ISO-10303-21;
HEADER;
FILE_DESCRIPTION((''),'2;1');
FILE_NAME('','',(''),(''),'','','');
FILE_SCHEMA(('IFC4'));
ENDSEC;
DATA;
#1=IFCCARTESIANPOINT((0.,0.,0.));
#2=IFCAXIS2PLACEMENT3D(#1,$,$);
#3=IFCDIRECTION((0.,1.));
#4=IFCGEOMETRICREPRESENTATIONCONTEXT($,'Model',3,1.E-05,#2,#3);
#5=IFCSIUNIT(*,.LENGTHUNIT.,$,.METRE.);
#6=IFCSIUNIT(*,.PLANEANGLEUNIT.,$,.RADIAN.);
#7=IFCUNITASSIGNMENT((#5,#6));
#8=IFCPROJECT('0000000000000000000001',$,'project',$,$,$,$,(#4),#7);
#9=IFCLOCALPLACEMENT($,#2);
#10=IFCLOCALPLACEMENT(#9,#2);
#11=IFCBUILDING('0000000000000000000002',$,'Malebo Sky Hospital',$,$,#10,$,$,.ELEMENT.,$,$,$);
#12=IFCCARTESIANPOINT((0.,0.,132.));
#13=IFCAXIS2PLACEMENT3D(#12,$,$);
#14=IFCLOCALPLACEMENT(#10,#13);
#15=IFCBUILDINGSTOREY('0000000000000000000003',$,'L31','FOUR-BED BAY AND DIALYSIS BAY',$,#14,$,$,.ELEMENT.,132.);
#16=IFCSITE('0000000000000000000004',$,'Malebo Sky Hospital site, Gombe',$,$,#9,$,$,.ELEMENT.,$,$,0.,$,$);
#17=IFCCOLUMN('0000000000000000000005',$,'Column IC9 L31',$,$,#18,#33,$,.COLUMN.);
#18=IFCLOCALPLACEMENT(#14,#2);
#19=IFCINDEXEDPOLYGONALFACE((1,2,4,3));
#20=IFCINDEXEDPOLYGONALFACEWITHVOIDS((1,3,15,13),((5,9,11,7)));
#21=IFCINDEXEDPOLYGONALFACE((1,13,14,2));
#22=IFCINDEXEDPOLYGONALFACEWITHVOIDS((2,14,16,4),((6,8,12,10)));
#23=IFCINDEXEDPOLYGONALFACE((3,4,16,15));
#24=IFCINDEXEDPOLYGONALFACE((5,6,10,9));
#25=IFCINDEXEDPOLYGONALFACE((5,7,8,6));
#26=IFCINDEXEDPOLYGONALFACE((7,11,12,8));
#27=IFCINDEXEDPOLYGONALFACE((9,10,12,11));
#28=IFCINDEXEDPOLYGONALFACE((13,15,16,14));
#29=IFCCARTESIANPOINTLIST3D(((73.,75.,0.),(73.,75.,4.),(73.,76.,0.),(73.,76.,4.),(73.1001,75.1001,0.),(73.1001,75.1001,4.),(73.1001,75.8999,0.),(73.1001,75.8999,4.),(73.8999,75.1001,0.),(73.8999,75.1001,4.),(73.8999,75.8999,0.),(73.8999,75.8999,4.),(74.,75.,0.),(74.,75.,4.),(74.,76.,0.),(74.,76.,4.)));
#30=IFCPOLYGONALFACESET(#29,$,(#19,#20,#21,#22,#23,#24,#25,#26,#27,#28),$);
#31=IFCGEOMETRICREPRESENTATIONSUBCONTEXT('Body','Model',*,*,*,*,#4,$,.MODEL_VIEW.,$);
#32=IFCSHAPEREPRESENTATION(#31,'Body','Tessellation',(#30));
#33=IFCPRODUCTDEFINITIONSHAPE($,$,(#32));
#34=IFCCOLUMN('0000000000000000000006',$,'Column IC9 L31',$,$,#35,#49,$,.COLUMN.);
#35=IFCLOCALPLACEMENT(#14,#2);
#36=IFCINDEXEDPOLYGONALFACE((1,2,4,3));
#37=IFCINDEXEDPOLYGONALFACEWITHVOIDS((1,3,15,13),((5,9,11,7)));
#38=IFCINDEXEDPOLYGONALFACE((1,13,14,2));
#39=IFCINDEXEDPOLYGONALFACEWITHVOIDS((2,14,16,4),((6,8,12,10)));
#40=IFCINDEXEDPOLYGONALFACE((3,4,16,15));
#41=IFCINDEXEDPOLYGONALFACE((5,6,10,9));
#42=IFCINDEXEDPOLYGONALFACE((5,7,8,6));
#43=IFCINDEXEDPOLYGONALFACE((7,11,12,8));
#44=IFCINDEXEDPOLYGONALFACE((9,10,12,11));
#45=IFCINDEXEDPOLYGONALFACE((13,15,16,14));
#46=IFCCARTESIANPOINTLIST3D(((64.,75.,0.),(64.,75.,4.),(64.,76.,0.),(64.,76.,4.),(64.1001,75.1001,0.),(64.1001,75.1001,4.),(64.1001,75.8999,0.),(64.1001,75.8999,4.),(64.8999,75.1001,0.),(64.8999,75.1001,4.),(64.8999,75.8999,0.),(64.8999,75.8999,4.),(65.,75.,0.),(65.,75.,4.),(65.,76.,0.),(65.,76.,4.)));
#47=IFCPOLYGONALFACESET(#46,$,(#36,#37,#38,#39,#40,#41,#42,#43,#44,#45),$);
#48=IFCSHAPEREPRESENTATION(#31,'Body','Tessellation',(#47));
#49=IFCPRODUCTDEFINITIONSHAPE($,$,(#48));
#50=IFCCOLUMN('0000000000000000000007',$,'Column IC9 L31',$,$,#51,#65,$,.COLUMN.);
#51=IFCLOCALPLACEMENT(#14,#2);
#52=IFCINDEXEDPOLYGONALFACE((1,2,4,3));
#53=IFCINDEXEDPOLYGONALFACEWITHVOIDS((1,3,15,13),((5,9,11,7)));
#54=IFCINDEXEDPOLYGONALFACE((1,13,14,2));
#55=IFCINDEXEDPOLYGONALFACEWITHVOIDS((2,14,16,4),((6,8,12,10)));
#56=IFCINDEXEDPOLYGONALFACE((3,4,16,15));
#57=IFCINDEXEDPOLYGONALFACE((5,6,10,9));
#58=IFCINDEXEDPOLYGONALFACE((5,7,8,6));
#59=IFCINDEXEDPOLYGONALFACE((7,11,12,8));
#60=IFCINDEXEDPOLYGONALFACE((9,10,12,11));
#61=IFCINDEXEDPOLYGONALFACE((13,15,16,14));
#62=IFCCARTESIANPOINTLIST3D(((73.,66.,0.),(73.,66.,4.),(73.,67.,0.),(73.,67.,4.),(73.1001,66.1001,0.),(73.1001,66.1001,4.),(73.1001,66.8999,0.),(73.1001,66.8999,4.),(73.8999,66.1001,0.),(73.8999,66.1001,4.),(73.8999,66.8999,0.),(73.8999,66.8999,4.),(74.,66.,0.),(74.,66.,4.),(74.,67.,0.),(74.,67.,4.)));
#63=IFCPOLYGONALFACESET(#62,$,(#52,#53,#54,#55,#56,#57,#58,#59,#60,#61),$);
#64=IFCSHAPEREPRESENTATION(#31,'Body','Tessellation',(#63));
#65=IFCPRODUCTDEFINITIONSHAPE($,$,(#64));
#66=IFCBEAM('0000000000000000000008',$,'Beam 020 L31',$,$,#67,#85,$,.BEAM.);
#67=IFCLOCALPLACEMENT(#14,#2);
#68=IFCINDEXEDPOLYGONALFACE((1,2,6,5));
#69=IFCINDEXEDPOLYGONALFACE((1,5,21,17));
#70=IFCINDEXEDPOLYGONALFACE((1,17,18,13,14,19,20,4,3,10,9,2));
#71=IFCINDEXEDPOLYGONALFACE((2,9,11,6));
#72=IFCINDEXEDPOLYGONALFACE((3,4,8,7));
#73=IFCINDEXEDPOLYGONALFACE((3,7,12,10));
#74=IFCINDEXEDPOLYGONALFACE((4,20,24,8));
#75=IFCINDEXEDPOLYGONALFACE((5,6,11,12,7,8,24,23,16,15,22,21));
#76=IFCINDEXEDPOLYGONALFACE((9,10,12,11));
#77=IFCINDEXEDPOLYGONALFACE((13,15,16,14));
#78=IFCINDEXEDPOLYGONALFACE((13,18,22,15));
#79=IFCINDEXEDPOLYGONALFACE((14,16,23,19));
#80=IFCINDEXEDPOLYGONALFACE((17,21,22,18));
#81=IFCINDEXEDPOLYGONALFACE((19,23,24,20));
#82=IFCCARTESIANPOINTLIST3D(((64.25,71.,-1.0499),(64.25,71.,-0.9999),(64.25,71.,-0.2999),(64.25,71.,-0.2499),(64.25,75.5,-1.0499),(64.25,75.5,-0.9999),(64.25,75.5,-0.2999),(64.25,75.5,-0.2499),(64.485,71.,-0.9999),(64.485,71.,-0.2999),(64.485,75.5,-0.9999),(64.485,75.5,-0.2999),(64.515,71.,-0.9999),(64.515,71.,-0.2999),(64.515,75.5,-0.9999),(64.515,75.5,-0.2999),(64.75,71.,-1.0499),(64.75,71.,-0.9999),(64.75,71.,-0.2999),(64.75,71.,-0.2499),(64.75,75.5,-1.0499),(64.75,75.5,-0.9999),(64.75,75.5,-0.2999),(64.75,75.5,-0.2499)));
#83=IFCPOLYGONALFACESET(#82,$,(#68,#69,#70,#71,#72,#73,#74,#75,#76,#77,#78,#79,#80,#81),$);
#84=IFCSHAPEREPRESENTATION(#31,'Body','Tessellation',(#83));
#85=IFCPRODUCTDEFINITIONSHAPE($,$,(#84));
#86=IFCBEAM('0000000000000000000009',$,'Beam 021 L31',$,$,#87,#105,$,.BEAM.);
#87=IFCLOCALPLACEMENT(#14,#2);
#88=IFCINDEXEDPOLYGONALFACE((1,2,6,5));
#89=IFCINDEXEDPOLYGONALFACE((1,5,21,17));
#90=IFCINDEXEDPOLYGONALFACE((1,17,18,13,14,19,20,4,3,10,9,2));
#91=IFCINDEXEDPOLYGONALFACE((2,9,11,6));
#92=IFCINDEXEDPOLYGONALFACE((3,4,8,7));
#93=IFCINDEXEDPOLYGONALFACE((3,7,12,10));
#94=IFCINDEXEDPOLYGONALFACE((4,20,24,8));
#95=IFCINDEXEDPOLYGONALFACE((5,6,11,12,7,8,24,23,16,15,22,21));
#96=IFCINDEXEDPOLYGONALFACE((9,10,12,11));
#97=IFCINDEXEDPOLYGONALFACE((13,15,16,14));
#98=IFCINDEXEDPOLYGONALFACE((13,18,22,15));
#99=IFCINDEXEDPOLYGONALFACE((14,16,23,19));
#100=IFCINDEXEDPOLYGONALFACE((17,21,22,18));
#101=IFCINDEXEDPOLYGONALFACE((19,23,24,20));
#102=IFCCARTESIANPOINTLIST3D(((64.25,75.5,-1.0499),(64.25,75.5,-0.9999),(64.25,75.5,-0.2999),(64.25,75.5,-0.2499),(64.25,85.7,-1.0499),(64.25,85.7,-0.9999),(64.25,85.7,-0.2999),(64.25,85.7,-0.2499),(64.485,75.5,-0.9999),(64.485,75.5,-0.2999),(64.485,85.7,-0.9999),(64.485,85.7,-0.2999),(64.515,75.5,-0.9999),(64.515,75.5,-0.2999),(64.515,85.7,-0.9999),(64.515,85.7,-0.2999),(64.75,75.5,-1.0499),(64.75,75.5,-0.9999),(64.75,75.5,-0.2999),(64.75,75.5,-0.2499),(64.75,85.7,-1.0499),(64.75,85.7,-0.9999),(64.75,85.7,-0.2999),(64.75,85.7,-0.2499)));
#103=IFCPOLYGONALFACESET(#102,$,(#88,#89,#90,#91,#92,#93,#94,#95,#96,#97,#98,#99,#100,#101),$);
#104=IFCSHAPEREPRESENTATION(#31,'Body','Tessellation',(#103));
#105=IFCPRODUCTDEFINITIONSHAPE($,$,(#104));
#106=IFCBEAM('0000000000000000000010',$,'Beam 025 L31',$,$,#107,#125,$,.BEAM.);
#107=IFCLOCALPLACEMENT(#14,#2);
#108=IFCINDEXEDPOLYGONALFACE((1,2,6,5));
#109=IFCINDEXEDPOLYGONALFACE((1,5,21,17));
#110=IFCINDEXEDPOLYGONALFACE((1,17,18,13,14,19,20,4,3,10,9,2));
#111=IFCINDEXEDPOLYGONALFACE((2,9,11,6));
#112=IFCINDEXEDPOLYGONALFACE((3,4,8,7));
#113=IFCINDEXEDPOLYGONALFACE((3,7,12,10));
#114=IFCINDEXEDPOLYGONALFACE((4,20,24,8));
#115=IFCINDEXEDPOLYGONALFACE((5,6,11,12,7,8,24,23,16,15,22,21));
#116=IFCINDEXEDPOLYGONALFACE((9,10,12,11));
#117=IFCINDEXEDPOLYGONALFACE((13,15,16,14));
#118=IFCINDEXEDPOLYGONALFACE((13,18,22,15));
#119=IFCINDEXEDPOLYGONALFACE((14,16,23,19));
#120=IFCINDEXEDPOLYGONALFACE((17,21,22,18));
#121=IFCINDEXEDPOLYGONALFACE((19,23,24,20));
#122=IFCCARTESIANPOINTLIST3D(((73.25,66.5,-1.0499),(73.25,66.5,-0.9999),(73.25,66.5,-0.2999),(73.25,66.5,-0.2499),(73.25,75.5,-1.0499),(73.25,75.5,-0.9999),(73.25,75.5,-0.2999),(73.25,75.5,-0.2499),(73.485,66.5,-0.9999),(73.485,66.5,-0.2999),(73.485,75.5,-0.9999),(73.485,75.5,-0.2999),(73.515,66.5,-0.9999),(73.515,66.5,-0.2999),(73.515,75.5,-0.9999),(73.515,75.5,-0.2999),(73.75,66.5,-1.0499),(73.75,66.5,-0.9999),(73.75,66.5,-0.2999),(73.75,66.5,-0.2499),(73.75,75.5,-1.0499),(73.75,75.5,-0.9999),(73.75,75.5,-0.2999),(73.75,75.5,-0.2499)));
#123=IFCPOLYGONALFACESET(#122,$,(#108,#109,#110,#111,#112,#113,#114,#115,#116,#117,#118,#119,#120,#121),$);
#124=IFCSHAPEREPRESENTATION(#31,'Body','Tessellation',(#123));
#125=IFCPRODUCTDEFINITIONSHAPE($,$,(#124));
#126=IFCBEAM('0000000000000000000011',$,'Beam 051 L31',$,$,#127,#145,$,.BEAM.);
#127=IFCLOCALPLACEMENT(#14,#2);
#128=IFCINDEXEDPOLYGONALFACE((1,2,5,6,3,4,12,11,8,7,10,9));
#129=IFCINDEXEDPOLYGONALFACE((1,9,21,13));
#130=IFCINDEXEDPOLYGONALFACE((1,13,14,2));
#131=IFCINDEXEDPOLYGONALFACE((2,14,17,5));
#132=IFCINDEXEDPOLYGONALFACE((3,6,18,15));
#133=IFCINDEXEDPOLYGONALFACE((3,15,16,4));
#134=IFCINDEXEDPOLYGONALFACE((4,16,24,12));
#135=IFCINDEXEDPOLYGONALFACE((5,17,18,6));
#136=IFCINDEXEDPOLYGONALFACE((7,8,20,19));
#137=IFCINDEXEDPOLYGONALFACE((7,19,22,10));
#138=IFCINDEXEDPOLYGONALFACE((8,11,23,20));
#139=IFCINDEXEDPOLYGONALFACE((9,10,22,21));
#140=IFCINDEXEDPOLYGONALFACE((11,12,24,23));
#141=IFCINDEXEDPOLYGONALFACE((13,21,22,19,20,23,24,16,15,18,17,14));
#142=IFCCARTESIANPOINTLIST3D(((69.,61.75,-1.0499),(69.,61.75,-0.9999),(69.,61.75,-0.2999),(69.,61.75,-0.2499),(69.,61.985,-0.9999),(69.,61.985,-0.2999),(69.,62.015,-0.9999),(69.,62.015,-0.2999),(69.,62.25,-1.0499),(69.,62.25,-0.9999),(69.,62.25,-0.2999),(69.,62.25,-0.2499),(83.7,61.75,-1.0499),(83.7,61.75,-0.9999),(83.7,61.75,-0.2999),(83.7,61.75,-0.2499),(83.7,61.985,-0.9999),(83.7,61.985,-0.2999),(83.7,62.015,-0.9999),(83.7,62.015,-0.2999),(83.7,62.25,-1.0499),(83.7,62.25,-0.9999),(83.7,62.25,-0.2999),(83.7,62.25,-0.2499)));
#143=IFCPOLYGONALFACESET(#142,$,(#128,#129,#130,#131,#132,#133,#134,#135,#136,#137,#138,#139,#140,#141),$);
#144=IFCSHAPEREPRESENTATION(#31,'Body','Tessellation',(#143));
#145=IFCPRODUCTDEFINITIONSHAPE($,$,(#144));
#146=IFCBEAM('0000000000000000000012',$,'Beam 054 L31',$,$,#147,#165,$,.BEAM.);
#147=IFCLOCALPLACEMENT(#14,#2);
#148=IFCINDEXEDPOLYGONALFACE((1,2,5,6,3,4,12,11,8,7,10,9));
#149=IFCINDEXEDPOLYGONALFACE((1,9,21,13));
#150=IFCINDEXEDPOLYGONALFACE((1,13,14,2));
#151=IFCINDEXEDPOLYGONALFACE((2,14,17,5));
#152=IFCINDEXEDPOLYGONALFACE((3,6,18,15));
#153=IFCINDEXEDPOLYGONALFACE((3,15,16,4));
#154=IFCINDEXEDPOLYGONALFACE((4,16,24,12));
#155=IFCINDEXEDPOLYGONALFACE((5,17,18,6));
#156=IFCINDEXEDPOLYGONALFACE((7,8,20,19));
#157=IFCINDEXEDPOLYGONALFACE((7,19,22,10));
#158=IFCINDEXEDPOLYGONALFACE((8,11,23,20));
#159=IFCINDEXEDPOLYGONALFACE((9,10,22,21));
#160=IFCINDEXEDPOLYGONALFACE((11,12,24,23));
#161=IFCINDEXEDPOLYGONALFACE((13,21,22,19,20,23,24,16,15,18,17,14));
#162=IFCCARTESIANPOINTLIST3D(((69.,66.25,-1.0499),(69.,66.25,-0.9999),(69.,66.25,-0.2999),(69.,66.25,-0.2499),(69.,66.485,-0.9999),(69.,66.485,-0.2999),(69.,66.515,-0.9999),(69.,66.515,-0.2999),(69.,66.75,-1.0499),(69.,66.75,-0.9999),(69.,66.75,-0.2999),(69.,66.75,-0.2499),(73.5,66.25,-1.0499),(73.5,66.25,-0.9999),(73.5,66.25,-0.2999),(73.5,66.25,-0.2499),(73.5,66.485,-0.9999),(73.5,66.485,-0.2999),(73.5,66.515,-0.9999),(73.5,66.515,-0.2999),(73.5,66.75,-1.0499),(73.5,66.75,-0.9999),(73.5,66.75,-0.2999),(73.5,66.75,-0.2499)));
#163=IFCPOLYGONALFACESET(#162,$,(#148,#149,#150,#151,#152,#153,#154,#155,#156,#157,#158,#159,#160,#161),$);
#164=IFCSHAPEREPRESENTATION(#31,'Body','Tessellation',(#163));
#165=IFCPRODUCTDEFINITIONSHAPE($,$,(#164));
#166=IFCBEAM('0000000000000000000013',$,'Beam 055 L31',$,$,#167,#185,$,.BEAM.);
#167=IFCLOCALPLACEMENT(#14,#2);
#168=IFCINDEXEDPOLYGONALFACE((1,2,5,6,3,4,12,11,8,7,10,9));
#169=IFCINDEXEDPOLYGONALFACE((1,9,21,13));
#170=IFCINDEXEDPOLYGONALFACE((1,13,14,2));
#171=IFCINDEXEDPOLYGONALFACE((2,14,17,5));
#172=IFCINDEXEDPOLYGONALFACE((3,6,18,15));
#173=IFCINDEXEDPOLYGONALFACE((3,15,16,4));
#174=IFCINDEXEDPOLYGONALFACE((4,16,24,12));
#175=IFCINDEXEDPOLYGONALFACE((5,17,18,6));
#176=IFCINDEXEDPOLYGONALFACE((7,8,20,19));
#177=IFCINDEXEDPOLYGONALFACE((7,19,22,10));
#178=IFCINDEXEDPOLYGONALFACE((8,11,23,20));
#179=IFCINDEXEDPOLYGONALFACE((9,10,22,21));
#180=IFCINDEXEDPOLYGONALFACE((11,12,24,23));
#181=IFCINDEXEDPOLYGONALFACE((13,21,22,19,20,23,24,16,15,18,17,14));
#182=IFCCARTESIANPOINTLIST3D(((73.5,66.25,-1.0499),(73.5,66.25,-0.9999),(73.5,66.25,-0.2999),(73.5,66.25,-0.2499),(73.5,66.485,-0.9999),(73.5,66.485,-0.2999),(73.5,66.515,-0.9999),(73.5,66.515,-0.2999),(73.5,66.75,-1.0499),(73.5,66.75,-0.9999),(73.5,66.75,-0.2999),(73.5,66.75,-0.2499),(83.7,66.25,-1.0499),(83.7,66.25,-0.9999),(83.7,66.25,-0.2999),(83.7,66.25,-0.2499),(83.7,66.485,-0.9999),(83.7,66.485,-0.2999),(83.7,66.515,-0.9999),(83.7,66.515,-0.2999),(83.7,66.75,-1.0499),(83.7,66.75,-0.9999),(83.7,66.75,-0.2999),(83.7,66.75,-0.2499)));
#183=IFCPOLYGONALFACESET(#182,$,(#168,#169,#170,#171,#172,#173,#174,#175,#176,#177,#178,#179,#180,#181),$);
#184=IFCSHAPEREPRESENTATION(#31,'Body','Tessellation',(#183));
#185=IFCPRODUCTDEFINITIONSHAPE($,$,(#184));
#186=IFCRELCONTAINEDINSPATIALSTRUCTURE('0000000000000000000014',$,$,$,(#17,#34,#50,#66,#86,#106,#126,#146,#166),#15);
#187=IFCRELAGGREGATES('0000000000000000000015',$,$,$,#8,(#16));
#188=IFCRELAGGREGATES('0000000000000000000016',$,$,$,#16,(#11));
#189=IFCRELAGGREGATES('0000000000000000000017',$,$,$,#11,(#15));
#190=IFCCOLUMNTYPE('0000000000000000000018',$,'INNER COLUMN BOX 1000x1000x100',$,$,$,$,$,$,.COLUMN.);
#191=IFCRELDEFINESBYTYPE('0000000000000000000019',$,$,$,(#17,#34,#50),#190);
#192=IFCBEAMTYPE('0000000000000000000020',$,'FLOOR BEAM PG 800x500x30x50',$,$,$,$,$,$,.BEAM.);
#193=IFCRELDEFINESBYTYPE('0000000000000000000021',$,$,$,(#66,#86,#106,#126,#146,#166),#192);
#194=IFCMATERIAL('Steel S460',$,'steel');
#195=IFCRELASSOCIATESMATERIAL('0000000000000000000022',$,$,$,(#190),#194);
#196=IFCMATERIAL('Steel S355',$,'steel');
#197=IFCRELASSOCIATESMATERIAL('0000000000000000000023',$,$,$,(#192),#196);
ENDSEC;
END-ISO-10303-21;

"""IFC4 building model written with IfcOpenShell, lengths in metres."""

from ifc_helpers import new_model, si_unit, direction, frame, origin, origin_2d, place, context, subcontext, project, spatial, hollow_rectangle, i_section, extrude, material, material_profile, profile_set, type_object, element, save


model = new_model("IFC4")

# Units and contexts
model_context = context("Model", 3, precision=1e-05, world=origin(), true_north=direction((0.0, 1.0)))
body_context = subcontext(model_context, "Body", "Model", "MODEL_VIEW")
ifc_project = project(units=[si_unit("LENGTHUNIT", "METRE"), si_unit("PLANEANGLEUNIT", "RADIAN")], contexts=[model_context])

# Site, building, storey
site_placement = place(None, origin())
site = spatial("IfcSite", under=ifc_project, at=site_placement, Name="Malebo Sky Hospital site, Gombe", CompositionType="ELEMENT", RefElevation=0.0)
building_placement = place(site_placement, origin())
building = spatial("IfcBuilding", under=site, at=building_placement, Name="Malebo Sky Hospital", CompositionType="ELEMENT")
storey_placement = place(building_placement, frame((0.0, 0.0, 132.0)))
storey = spatial("IfcBuildingStorey", under=building, at=storey_placement, Name="L31", Description="FOUR-BED BAY AND DIALYSIS BAY", CompositionType="ELEMENT", Elevation=132.0)

# Columns
ifc_material_1 = material(Name="Steel S460", Category="steel")
ifc_material_profile_1 = material_profile(ifc_material_1, hollow_rectangle(XDim=1.0, YDim=1.0, WallThickness=0.1001, at=origin_2d()), Name="BOX 1000x1000x100")
ifc_profile_set_1 = profile_set([ifc_material_profile_1], Name="Steel S460")
column_type = type_object("IfcColumnType", Name="INNER COLUMN BOX 1000x1000x100", PredefinedType="COLUMN", material=ifc_profile_set_1)
for number, where, z_axis, x_axis, name in (
    (1, (73.5, 75.5, 0.0), (0.0, 0.0, 1.0), (1.0, 0.0, 0.0), "Column IC9 L31"),
    (2, (64.5, 75.5, 0.0), (0.0, 0.0, 1.0), (1.0, 0.0, 0.0), "Column IC9 L31"),
    (3, (73.5, 66.5, 0.0), (0.0, 0.0, 1.0), (1.0, 0.0, 0.0), "Column IC9 L31"),
):
    element("IfcColumn", number, at=place(storey_placement, frame(where, z_axis=z_axis, x_axis=x_axis)), inside=storey, type_object=column_type, Name=name, PredefinedType="COLUMN", context=body_context, shape_type="SweptSolid", body=[
        extrude(hollow_rectangle(XDim=1.0, YDim=1.0, WallThickness=0.1001, at=origin_2d()), origin(), (0.0, 0.0, 1.0), 4.0),
    ])

# Beams
ifc_material_2 = material(Name="Steel S355", Category="steel")
ifc_material_profile_2 = material_profile(ifc_material_2, i_section(OverallWidth=0.5, OverallDepth=0.8, WebThickness=0.03, FlangeThickness=0.05, at=origin_2d()), Name="PG 800x500x30x50")
ifc_profile_set_2 = profile_set([ifc_material_profile_2], Name="Steel S355")
beam_type = type_object("IfcBeamType", Name="FLOOR BEAM PG 800x500x30x50", PredefinedType="BEAM", material=ifc_profile_set_2)
beam_1_placement = place(storey_placement, frame((64.5, 71.0, -0.6499), z_axis=(0.0, 1.0, 0.0), x_axis=(-1.0, 0.0, 0.0)))
element("IfcBeam", 4, at=beam_1_placement, inside=storey, type_object=beam_type, Name="Beam 020 L31", PredefinedType="BEAM", context=body_context, shape_type="SweptSolid", body=[
    extrude(i_section(OverallWidth=0.5, OverallDepth=0.8, WebThickness=0.03, FlangeThickness=0.05, at=origin_2d()), origin(), (0.0, 0.0, 1.0), 4.5),
])
beam_2_placement = place(storey_placement, frame((64.5, 75.5, -0.6499), z_axis=(0.0, 1.0, 0.0), x_axis=(-1.0, 0.0, 0.0)))
element("IfcBeam", 5, at=beam_2_placement, inside=storey, type_object=beam_type, Name="Beam 021 L31", PredefinedType="BEAM", context=body_context, shape_type="SweptSolid", body=[
    extrude(i_section(OverallWidth=0.5, OverallDepth=0.8, WebThickness=0.03, FlangeThickness=0.05, at=origin_2d()), origin(), (0.0, 0.0, 1.0), 10.2),
])
beam_3_placement = place(storey_placement, frame((73.5, 66.5, -0.6499), z_axis=(0.0, 1.0, 0.0), x_axis=(-1.0, 0.0, 0.0)))
element("IfcBeam", 6, at=beam_3_placement, inside=storey, type_object=beam_type, Name="Beam 025 L31", PredefinedType="BEAM", context=body_context, shape_type="SweptSolid", body=[
    extrude(i_section(OverallWidth=0.5, OverallDepth=0.8, WebThickness=0.03, FlangeThickness=0.05, at=origin_2d()), origin(), (0.0, 0.0, 1.0), 9.0),
])
beam_4_placement = place(storey_placement, frame((69.0, 62.0, -0.6499), z_axis=(1.0, 0.0, 0.0), x_axis=(0.0, 1.0, 0.0)))
element("IfcBeam", 7, at=beam_4_placement, inside=storey, type_object=beam_type, Name="Beam 051 L31", PredefinedType="BEAM", context=body_context, shape_type="SweptSolid", body=[
    extrude(i_section(OverallWidth=0.5, OverallDepth=0.8, WebThickness=0.03, FlangeThickness=0.05, at=origin_2d()), origin(), (0.0, 0.0, 1.0), 14.7),
])
beam_5_placement = place(storey_placement, frame((69.0, 66.5, -0.6499), z_axis=(1.0, 0.0, 0.0), x_axis=(0.0, 1.0, 0.0)))
element("IfcBeam", 8, at=beam_5_placement, inside=storey, type_object=beam_type, Name="Beam 054 L31", PredefinedType="BEAM", context=body_context, shape_type="SweptSolid", body=[
    extrude(i_section(OverallWidth=0.5, OverallDepth=0.8, WebThickness=0.03, FlangeThickness=0.05, at=origin_2d()), origin(), (0.0, 0.0, 1.0), 4.5),
])
beam_6_placement = place(storey_placement, frame((73.5, 66.5, -0.6499), z_axis=(1.0, 0.0, 0.0), x_axis=(0.0, 1.0, 0.0)))
element("IfcBeam", 9, at=beam_6_placement, inside=storey, type_object=beam_type, Name="Beam 055 L31", PredefinedType="BEAM", context=body_context, shape_type="SweptSolid", body=[
    extrude(i_section(OverallWidth=0.5, OverallDepth=0.8, WebThickness=0.03, FlangeThickness=0.05, at=origin_2d()), origin(), (0.0, 0.0, 1.0), 10.2),
])

save(model, "model.ifc")
